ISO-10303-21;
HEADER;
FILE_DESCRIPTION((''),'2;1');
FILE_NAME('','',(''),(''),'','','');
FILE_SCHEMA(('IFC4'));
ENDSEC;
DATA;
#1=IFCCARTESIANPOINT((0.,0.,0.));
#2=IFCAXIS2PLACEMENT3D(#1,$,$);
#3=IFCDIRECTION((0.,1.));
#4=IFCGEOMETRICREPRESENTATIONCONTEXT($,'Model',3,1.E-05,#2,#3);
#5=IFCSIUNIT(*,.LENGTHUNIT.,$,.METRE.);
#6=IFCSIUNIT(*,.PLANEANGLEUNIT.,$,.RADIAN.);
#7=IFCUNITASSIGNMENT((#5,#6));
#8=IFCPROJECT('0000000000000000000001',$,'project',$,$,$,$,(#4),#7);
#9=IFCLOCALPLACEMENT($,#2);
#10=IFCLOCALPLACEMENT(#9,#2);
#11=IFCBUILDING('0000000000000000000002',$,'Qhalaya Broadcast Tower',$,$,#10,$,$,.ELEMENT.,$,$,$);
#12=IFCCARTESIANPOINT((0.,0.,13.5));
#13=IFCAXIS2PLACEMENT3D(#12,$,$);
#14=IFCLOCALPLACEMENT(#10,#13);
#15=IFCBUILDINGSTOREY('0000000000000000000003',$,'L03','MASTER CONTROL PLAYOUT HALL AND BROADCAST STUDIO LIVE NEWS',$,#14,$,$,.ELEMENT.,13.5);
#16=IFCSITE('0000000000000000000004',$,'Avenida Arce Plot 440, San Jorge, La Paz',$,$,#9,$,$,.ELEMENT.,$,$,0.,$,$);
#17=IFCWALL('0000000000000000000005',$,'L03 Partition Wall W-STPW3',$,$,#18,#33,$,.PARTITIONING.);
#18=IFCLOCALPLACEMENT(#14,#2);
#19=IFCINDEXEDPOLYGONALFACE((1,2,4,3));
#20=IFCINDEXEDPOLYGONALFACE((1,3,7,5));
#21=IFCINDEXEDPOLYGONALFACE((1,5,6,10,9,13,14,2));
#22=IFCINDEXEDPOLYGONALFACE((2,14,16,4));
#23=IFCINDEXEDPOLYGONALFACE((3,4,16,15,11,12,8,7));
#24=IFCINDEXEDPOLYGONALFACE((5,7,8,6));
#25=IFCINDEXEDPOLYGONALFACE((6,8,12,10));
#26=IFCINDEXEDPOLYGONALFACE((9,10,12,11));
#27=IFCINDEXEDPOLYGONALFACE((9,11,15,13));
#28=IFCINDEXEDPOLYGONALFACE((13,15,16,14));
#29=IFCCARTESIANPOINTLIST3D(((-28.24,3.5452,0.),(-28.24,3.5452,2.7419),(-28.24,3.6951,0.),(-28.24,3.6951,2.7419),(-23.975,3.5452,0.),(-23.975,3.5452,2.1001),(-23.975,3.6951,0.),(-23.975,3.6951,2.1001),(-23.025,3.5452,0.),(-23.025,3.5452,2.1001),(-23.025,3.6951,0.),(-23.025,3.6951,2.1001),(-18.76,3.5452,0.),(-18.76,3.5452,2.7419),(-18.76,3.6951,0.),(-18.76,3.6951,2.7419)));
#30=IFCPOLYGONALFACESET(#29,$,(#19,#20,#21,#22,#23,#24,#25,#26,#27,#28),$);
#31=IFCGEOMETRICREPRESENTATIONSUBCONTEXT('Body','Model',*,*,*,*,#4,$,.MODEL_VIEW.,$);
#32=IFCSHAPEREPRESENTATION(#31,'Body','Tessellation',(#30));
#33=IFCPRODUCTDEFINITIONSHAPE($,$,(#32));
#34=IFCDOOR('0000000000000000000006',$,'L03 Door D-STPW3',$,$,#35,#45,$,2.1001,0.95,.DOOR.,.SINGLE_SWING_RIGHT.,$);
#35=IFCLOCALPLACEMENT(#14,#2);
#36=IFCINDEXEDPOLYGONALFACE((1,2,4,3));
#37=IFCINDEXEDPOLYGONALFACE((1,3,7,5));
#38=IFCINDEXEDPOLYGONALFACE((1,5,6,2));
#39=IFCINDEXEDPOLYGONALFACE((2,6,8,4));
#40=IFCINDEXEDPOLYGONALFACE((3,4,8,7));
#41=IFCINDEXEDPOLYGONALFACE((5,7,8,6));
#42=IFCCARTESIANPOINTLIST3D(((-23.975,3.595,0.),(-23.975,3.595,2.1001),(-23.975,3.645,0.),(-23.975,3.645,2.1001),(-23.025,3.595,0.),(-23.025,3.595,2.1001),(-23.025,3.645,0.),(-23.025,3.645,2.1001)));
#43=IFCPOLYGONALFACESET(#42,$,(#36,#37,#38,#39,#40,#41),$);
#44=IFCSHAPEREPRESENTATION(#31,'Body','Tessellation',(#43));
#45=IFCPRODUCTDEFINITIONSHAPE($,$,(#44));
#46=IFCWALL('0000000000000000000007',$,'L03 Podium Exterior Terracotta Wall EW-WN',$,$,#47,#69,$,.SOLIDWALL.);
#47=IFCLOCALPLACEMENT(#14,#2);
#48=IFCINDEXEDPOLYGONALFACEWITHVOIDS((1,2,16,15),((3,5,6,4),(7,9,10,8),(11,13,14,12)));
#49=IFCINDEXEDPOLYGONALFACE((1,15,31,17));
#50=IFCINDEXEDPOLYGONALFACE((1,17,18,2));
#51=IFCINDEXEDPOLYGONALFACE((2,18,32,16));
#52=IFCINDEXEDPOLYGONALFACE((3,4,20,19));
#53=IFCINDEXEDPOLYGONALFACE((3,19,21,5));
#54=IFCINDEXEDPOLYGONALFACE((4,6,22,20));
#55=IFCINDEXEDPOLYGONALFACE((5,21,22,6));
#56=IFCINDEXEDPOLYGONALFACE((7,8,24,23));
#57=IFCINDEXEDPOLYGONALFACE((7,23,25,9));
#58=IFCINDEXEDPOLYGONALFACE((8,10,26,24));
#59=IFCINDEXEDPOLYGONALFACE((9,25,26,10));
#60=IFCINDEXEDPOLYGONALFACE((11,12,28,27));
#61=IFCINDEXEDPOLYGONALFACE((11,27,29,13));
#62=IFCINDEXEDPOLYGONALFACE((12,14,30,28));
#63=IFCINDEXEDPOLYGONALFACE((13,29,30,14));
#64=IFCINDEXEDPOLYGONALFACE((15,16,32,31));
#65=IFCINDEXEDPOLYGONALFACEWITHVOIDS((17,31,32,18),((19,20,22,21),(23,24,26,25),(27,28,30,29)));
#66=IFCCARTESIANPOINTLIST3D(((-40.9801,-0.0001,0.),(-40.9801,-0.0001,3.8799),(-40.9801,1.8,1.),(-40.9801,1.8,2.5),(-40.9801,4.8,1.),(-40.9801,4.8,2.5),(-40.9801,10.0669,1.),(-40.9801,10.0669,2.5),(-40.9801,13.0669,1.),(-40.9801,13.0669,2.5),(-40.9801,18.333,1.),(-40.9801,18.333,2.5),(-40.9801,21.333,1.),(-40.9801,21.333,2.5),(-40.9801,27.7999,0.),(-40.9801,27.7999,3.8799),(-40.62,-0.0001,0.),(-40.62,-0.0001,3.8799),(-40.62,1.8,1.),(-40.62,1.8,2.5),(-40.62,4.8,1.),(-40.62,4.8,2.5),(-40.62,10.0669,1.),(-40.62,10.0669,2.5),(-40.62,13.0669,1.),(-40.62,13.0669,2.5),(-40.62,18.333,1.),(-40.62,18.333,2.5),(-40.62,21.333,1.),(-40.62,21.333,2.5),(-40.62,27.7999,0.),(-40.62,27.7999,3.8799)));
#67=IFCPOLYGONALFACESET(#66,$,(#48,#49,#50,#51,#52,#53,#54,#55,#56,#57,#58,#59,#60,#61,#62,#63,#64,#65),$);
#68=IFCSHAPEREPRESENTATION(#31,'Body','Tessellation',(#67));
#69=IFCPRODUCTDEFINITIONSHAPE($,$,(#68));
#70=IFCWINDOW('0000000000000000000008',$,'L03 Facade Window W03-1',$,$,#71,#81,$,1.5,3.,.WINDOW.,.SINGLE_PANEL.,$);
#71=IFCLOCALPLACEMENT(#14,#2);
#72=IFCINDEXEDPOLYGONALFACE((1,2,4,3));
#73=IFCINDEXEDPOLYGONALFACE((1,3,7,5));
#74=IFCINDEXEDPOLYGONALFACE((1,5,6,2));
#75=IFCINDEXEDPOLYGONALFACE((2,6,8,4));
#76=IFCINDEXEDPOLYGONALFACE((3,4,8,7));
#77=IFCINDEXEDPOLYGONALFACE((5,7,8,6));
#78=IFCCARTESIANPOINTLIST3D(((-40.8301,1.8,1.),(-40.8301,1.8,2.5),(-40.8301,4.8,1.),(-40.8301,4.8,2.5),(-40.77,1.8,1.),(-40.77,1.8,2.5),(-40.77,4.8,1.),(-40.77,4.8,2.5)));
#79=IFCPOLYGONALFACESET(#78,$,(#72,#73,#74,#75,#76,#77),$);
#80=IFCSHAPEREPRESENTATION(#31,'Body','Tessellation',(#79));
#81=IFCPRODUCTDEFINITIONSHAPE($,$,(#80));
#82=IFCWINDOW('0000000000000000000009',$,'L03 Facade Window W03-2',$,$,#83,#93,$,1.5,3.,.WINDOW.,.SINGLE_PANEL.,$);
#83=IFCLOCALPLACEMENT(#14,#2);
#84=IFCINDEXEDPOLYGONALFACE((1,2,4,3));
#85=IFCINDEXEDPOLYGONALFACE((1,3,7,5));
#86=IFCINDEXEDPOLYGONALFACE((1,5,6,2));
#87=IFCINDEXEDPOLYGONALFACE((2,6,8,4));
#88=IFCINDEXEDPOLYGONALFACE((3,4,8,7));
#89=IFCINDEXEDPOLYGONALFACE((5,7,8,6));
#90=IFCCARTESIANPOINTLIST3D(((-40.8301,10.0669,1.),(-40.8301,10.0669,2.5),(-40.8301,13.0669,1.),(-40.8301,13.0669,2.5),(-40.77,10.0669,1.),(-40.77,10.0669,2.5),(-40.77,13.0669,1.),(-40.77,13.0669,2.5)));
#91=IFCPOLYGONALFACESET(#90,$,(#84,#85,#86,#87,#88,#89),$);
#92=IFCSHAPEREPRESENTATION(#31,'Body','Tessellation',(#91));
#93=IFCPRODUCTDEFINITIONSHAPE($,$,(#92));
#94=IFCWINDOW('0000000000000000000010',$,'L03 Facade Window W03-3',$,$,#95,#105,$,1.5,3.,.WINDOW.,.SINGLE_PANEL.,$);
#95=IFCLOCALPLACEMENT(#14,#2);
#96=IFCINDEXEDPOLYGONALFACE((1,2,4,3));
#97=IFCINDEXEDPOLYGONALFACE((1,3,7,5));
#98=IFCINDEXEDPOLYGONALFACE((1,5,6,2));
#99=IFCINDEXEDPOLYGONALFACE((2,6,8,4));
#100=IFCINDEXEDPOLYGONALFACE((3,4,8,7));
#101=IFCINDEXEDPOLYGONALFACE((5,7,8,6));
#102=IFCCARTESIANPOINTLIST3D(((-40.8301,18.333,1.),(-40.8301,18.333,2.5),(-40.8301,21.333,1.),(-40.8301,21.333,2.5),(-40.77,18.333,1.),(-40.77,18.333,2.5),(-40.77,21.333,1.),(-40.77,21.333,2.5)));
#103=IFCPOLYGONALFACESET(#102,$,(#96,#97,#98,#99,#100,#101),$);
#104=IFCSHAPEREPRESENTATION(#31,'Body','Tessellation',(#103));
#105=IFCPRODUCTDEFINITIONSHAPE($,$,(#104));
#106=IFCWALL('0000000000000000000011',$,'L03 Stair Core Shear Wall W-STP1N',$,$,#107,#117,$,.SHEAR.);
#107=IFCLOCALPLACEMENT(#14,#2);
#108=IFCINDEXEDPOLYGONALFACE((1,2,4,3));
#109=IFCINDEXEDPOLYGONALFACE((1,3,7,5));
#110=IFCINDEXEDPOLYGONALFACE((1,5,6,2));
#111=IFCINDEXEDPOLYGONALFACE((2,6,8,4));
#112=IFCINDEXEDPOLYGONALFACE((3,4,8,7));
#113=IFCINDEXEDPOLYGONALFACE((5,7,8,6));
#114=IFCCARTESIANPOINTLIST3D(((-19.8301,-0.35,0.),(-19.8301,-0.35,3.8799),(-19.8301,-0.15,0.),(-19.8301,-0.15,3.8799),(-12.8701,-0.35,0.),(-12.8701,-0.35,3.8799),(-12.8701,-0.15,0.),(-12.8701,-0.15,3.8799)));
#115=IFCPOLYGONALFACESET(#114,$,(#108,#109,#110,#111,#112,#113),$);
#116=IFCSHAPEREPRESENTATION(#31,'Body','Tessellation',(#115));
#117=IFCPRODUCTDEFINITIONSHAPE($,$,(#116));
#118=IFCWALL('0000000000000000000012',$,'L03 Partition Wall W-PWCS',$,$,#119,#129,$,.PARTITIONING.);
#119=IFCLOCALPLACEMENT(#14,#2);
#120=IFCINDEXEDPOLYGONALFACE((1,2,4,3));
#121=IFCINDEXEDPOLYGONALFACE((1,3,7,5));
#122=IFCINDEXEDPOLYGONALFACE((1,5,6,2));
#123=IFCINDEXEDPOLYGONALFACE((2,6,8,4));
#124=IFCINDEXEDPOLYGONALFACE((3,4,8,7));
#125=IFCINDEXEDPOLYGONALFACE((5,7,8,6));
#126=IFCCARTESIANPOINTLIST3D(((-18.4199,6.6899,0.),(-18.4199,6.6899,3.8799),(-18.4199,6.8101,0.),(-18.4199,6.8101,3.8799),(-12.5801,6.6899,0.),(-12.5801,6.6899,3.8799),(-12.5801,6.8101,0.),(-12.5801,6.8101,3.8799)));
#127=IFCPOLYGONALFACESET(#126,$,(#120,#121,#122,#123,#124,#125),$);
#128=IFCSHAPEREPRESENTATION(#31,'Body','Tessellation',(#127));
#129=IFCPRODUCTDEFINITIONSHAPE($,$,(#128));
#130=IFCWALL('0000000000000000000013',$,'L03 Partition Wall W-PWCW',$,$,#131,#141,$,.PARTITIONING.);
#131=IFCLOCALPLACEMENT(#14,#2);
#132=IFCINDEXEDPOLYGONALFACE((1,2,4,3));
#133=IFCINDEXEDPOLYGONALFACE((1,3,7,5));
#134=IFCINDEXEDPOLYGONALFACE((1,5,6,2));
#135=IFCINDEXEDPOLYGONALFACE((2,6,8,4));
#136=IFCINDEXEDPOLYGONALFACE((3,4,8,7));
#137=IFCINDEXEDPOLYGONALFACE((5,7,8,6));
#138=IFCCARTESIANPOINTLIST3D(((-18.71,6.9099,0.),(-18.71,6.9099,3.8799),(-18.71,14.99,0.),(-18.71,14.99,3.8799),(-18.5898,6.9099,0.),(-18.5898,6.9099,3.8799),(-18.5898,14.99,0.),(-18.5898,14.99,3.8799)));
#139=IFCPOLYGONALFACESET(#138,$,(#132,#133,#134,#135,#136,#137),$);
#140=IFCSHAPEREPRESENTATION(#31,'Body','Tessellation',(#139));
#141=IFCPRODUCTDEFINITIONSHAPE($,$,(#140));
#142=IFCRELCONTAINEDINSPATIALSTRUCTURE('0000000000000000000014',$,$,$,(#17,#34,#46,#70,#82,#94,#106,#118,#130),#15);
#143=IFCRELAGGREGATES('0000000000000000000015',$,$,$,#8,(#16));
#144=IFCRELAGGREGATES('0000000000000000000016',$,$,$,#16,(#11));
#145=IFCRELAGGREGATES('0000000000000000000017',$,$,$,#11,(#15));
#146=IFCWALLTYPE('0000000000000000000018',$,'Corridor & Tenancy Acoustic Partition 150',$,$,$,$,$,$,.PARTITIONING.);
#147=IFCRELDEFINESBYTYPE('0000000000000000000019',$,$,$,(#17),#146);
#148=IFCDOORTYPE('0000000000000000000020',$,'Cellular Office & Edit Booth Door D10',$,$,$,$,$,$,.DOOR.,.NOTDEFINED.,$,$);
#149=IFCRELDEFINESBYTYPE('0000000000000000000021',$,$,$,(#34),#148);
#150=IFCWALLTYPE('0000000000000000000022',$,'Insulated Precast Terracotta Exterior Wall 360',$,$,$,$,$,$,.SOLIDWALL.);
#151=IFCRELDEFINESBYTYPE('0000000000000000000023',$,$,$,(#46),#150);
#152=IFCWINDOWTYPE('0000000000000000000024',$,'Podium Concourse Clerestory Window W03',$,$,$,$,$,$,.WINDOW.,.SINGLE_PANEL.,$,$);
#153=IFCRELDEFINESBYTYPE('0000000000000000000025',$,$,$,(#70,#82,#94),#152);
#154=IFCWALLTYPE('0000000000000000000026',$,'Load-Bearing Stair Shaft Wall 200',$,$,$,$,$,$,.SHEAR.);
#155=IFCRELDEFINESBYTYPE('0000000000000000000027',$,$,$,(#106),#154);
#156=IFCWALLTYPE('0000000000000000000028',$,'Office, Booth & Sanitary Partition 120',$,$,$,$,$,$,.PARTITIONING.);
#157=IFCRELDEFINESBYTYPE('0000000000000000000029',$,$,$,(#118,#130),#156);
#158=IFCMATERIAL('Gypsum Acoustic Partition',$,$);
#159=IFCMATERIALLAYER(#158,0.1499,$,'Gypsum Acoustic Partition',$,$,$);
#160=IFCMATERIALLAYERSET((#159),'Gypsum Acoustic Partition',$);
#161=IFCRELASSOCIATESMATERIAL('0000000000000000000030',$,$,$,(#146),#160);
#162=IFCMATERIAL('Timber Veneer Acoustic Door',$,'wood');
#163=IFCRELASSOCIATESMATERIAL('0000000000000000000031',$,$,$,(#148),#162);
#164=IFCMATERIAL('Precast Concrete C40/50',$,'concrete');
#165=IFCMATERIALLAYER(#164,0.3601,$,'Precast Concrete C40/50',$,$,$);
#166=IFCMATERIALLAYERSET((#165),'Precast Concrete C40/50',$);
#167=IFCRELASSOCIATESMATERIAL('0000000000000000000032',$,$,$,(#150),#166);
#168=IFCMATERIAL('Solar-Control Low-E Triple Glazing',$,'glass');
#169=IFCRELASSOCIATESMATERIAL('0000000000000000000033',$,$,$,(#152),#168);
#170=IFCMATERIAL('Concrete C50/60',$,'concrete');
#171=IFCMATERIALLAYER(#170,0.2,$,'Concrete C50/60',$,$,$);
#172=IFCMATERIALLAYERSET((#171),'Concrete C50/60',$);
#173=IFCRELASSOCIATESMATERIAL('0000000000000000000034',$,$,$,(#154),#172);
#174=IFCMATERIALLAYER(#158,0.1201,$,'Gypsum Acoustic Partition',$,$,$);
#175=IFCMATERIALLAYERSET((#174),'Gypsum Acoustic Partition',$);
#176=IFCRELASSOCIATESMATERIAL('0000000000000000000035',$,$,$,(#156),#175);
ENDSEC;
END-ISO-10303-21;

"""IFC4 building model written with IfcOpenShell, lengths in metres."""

from ifc_helpers import new_model, si_unit, direction, frame, frame_2d, origin, place, context, subcontext, project, spatial, rectangle, extrude, material, layer, layer_set, type_object, element, fill, save


model = new_model("IFC4")

# Units and contexts
model_context = context("Model", 3, precision=1e-05, world=origin(), true_north=direction((0.0, 1.0)))
body_context = subcontext(model_context, "Body", "Model", "MODEL_VIEW")
ifc_project = project(units=[si_unit("LENGTHUNIT", "METRE"), si_unit("PLANEANGLEUNIT", "RADIAN")], contexts=[model_context])

# Site, building, storey
site_placement = place(None, origin())
site = spatial("IfcSite", under=ifc_project, at=site_placement, Name="Avenida Arce Plot 440, San Jorge, La Paz", CompositionType="ELEMENT", RefElevation=0.0)
building_placement = place(site_placement, origin())
building = spatial("IfcBuilding", under=site, at=building_placement, Name="Qhalaya Broadcast Tower", CompositionType="ELEMENT")
storey_placement = place(building_placement, frame((0.0, 0.0, 13.5)))
storey = spatial("IfcBuildingStorey", under=building, at=storey_placement, Name="L03", Description="MASTER CONTROL PLAYOUT HALL AND BROADCAST STUDIO LIVE NEWS", CompositionType="ELEMENT", Elevation=13.5)

# Wall, opening, door
ifc_material_1 = material(Name="Gypsum Acoustic Partition")
ifc_layer_1 = layer(ifc_material_1, 0.1499, Name="Gypsum Acoustic Partition")
ifc_layer_set_1 = layer_set([ifc_layer_1], Name="Gypsum Acoustic Partition")
wall_type_1 = type_object("IfcWallType", Name="Corridor & Tenancy Acoustic Partition 150", PredefinedType="PARTITIONING", material=ifc_layer_set_1)
wall_1_placement = place(storey_placement, frame((-28.24, 3.6201, 0.0), z_axis=(0.0, 0.0, 1.0), x_axis=(1.0, 0.0, 0.0)))
wall_1 = element("IfcWall", 1, at=wall_1_placement, inside=storey, type_object=wall_type_1, Name="L03 Partition Wall W-STPW3", PredefinedType="PARTITIONING", context=body_context, shape_type="SweptSolid", body=[
    extrude(rectangle(XDim=9.48, YDim=0.1499, at=frame_2d((4.74, 0.0))), origin(), (0.0, 0.0, 1.0), 2.7419),
])
opening_1_placement = place(wall_1_placement, frame((4.2649, 0.0, 0.0)))
opening_1 = element("IfcOpeningElement", 2, at=opening_1_placement, cuts=wall_1, PredefinedType="OPENING", context=body_context, shape_type="SweptSolid", body=[
    extrude(rectangle(XDim=0.95, YDim=2.1001, at=frame_2d((0.4751, 1.05))), frame((0.0, 0.0869, 0.0), z_axis=(0.0, -1.0, 0.0), x_axis=(1.0, 0.0, 0.0)), (0.0, 0.0, 1.0), 0.1738),
])
ifc_material_2 = material(Name="Timber Veneer Acoustic Door", Category="wood")
door_type_1 = type_object("IfcDoorType", Name="Cellular Office & Edit Booth Door D10", OperationType="NOTDEFINED", PredefinedType="DOOR", material=ifc_material_2)
door_1_placement = place(opening_1_placement, origin())
door_1 = element("IfcDoor", 3, at=door_1_placement, inside=storey, type_object=door_type_1, Name="L03 Door D-STPW3", OperationType="SINGLE_SWING_RIGHT", OverallHeight=2.1001, OverallWidth=0.95, PredefinedType="DOOR", context=body_context, shape_type="SweptSolid", body=[
    extrude(rectangle(XDim=0.95, YDim=2.1001, at=frame_2d((0.4751, 1.05))), frame((0.0, 0.0249, 0.0), z_axis=(0.0, -1.0, 0.0), x_axis=(1.0, 0.0, 0.0)), (0.0, 0.0, 1.0), 0.05),
])
fill(opening_1, door_1)

# Wall, openings, windows
ifc_material_3 = material(Name="Precast Concrete C40/50", Category="concrete")
ifc_layer_2 = layer(ifc_material_3, 0.3601, Name="Precast Concrete C40/50")
ifc_layer_set_2 = layer_set([ifc_layer_2], Name="Precast Concrete C40/50")
wall_type_2 = type_object("IfcWallType", Name="Insulated Precast Terracotta Exterior Wall 360", PredefinedType="SOLIDWALL", material=ifc_layer_set_2)
wall_2_placement = place(storey_placement, frame((-40.8, 0.0, 0.0), z_axis=(0.0, 0.0, 1.0), x_axis=(0.0, 1.0, 0.0)))
wall_2 = element("IfcWall", 4, at=wall_2_placement, inside=storey, type_object=wall_type_2, Name="L03 Podium Exterior Terracotta Wall EW-WN", PredefinedType="SOLIDWALL", context=body_context, shape_type="SweptSolid", body=[
    extrude(rectangle(XDim=27.8, YDim=0.3601, at=frame_2d((13.8999, 0.0))), origin(), (0.0, 0.0, 1.0), 3.8799),
])
opening_2_placement = place(wall_2_placement, frame((1.8, 0.0, 1.0)))
opening_2 = element("IfcOpeningElement", 5, at=opening_2_placement, cuts=wall_2, PredefinedType="OPENING", context=body_context, shape_type="SweptSolid", body=[
    extrude(rectangle(XDim=3.0, YDim=1.5, at=frame_2d((1.5, 0.75))), frame((0.0, 0.1921, 0.0), z_axis=(0.0, -1.0, 0.0), x_axis=(1.0, 0.0, 0.0)), (0.0, 0.0, 1.0), 0.384),
])
opening_3_placement = place(wall_2_placement, frame((10.0669, 0.0, 1.0)))
opening_3 = element("IfcOpeningElement", 6, at=opening_3_placement, cuts=wall_2, PredefinedType="OPENING", context=body_context, shape_type="SweptSolid", body=[
    extrude(rectangle(XDim=3.0, YDim=1.5, at=frame_2d((1.5, 0.75))), frame((0.0, 0.1921, 0.0), z_axis=(0.0, -1.0, 0.0), x_axis=(1.0, 0.0, 0.0)), (0.0, 0.0, 1.0), 0.384),
])
opening_4_placement = place(wall_2_placement, frame((18.333, 0.0, 1.0)))
opening_4 = element("IfcOpeningElement", 7, at=opening_4_placement, cuts=wall_2, PredefinedType="OPENING", context=body_context, shape_type="SweptSolid", body=[
    extrude(rectangle(XDim=3.0, YDim=1.5, at=frame_2d((1.5, 0.75))), frame((0.0, 0.1921, 0.0), z_axis=(0.0, -1.0, 0.0), x_axis=(1.0, 0.0, 0.0)), (0.0, 0.0, 1.0), 0.384),
])
ifc_material_4 = material(Name="Solar-Control Low-E Triple Glazing", Category="glass")
window_type = type_object("IfcWindowType", Name="Podium Concourse Clerestory Window W03", PartitioningType="SINGLE_PANEL", PredefinedType="WINDOW", material=ifc_material_4)
window_1_placement = place(opening_2_placement, origin())
window_1 = element("IfcWindow", 8, at=window_1_placement, inside=storey, type_object=window_type, Name="L03 Facade Window W03-1", OverallHeight=1.5, OverallWidth=3.0, PartitioningType="SINGLE_PANEL", PredefinedType="WINDOW", context=body_context, shape_type="SweptSolid", body=[
    extrude(rectangle(XDim=3.0, YDim=1.5, at=frame_2d((1.5, 0.75))), frame((0.0, 0.03, 0.0), z_axis=(0.0, -1.0, 0.0), x_axis=(1.0, 0.0, 0.0)), (0.0, 0.0, 1.0), 0.0601),
])
fill(opening_2, window_1)
window_2_placement = place(opening_3_placement, origin())
window_2 = element("IfcWindow", 9, at=window_2_placement, inside=storey, type_object=window_type, Name="L03 Facade Window W03-2", OverallHeight=1.5, OverallWidth=3.0, PartitioningType="SINGLE_PANEL", PredefinedType="WINDOW", context=body_context, shape_type="SweptSolid", body=[
    extrude(rectangle(XDim=3.0, YDim=1.5, at=frame_2d((1.5, 0.75))), frame((0.0, 0.03, 0.0), z_axis=(0.0, -1.0, 0.0), x_axis=(1.0, 0.0, 0.0)), (0.0, 0.0, 1.0), 0.0601),
])
fill(opening_3, window_2)
window_3_placement = place(opening_4_placement, origin())
window_3 = element("IfcWindow", 10, at=window_3_placement, inside=storey, type_object=window_type, Name="L03 Facade Window W03-3", OverallHeight=1.5, OverallWidth=3.0, PartitioningType="SINGLE_PANEL", PredefinedType="WINDOW", context=body_context, shape_type="SweptSolid", body=[
    extrude(rectangle(XDim=3.0, YDim=1.5, at=frame_2d((1.5, 0.75))), frame((0.0, 0.03, 0.0), z_axis=(0.0, -1.0, 0.0), x_axis=(1.0, 0.0, 0.0)), (0.0, 0.0, 1.0), 0.0601),
])
fill(opening_4, window_3)

# Walls
ifc_material_5 = material(Name="Concrete C50/60", Category="concrete")
ifc_layer_3 = layer(ifc_material_5, 0.2, Name="Concrete C50/60")
ifc_layer_set_3 = layer_set([ifc_layer_3], Name="Concrete C50/60")
wall_type_3 = type_object("IfcWallType", Name="Load-Bearing Stair Shaft Wall 200", PredefinedType="SHEAR", material=ifc_layer_set_3)
wall_3_placement = place(storey_placement, frame((-19.8301, -0.25, 0.0), z_axis=(0.0, 0.0, 1.0), x_axis=(1.0, 0.0, 0.0)))
element("IfcWall", 11, at=wall_3_placement, inside=storey, type_object=wall_type_3, Name="L03 Stair Core Shear Wall W-STP1N", PredefinedType="SHEAR", context=body_context, shape_type="SweptSolid", body=[
    extrude(rectangle(XDim=6.96, YDim=0.2, at=frame_2d((3.48, 0.0))), origin(), (0.0, 0.0, 1.0), 3.8799),
])
ifc_layer_4 = layer(ifc_material_1, 0.1201, Name="Gypsum Acoustic Partition")
ifc_layer_set_4 = layer_set([ifc_layer_4], Name="Gypsum Acoustic Partition")
wall_type_4 = type_object("IfcWallType", Name="Office, Booth & Sanitary Partition 120", PredefinedType="PARTITIONING", material=ifc_layer_set_4)
wall_4_placement = place(storey_placement, frame((-18.4199, 6.75, 0.0), z_axis=(0.0, 0.0, 1.0), x_axis=(1.0, 0.0, 0.0)))
element("IfcWall", 12, at=wall_4_placement, inside=storey, type_object=wall_type_4, Name="L03 Partition Wall W-PWCS", PredefinedType="PARTITIONING", context=body_context, shape_type="SweptSolid", body=[
    extrude(rectangle(XDim=5.8398, YDim=0.1201, at=frame_2d((2.9199, 0.0))), origin(), (0.0, 0.0, 1.0), 3.8799),
])
wall_5_placement = place(storey_placement, frame((-18.6499, 6.9099, 0.0), z_axis=(0.0, 0.0, 1.0), x_axis=(0.0, 1.0, 0.0)))
element("IfcWall", 13, at=wall_5_placement, inside=storey, type_object=wall_type_4, Name="L03 Partition Wall W-PWCW", PredefinedType="PARTITIONING", context=body_context, shape_type="SweptSolid", body=[
    extrude(rectangle(XDim=8.0801, YDim=0.1201, at=frame_2d((4.04, 0.0))), origin(), (0.0, 0.0, 1.0), 3.8799),
])

save(model, "model.ifc")
